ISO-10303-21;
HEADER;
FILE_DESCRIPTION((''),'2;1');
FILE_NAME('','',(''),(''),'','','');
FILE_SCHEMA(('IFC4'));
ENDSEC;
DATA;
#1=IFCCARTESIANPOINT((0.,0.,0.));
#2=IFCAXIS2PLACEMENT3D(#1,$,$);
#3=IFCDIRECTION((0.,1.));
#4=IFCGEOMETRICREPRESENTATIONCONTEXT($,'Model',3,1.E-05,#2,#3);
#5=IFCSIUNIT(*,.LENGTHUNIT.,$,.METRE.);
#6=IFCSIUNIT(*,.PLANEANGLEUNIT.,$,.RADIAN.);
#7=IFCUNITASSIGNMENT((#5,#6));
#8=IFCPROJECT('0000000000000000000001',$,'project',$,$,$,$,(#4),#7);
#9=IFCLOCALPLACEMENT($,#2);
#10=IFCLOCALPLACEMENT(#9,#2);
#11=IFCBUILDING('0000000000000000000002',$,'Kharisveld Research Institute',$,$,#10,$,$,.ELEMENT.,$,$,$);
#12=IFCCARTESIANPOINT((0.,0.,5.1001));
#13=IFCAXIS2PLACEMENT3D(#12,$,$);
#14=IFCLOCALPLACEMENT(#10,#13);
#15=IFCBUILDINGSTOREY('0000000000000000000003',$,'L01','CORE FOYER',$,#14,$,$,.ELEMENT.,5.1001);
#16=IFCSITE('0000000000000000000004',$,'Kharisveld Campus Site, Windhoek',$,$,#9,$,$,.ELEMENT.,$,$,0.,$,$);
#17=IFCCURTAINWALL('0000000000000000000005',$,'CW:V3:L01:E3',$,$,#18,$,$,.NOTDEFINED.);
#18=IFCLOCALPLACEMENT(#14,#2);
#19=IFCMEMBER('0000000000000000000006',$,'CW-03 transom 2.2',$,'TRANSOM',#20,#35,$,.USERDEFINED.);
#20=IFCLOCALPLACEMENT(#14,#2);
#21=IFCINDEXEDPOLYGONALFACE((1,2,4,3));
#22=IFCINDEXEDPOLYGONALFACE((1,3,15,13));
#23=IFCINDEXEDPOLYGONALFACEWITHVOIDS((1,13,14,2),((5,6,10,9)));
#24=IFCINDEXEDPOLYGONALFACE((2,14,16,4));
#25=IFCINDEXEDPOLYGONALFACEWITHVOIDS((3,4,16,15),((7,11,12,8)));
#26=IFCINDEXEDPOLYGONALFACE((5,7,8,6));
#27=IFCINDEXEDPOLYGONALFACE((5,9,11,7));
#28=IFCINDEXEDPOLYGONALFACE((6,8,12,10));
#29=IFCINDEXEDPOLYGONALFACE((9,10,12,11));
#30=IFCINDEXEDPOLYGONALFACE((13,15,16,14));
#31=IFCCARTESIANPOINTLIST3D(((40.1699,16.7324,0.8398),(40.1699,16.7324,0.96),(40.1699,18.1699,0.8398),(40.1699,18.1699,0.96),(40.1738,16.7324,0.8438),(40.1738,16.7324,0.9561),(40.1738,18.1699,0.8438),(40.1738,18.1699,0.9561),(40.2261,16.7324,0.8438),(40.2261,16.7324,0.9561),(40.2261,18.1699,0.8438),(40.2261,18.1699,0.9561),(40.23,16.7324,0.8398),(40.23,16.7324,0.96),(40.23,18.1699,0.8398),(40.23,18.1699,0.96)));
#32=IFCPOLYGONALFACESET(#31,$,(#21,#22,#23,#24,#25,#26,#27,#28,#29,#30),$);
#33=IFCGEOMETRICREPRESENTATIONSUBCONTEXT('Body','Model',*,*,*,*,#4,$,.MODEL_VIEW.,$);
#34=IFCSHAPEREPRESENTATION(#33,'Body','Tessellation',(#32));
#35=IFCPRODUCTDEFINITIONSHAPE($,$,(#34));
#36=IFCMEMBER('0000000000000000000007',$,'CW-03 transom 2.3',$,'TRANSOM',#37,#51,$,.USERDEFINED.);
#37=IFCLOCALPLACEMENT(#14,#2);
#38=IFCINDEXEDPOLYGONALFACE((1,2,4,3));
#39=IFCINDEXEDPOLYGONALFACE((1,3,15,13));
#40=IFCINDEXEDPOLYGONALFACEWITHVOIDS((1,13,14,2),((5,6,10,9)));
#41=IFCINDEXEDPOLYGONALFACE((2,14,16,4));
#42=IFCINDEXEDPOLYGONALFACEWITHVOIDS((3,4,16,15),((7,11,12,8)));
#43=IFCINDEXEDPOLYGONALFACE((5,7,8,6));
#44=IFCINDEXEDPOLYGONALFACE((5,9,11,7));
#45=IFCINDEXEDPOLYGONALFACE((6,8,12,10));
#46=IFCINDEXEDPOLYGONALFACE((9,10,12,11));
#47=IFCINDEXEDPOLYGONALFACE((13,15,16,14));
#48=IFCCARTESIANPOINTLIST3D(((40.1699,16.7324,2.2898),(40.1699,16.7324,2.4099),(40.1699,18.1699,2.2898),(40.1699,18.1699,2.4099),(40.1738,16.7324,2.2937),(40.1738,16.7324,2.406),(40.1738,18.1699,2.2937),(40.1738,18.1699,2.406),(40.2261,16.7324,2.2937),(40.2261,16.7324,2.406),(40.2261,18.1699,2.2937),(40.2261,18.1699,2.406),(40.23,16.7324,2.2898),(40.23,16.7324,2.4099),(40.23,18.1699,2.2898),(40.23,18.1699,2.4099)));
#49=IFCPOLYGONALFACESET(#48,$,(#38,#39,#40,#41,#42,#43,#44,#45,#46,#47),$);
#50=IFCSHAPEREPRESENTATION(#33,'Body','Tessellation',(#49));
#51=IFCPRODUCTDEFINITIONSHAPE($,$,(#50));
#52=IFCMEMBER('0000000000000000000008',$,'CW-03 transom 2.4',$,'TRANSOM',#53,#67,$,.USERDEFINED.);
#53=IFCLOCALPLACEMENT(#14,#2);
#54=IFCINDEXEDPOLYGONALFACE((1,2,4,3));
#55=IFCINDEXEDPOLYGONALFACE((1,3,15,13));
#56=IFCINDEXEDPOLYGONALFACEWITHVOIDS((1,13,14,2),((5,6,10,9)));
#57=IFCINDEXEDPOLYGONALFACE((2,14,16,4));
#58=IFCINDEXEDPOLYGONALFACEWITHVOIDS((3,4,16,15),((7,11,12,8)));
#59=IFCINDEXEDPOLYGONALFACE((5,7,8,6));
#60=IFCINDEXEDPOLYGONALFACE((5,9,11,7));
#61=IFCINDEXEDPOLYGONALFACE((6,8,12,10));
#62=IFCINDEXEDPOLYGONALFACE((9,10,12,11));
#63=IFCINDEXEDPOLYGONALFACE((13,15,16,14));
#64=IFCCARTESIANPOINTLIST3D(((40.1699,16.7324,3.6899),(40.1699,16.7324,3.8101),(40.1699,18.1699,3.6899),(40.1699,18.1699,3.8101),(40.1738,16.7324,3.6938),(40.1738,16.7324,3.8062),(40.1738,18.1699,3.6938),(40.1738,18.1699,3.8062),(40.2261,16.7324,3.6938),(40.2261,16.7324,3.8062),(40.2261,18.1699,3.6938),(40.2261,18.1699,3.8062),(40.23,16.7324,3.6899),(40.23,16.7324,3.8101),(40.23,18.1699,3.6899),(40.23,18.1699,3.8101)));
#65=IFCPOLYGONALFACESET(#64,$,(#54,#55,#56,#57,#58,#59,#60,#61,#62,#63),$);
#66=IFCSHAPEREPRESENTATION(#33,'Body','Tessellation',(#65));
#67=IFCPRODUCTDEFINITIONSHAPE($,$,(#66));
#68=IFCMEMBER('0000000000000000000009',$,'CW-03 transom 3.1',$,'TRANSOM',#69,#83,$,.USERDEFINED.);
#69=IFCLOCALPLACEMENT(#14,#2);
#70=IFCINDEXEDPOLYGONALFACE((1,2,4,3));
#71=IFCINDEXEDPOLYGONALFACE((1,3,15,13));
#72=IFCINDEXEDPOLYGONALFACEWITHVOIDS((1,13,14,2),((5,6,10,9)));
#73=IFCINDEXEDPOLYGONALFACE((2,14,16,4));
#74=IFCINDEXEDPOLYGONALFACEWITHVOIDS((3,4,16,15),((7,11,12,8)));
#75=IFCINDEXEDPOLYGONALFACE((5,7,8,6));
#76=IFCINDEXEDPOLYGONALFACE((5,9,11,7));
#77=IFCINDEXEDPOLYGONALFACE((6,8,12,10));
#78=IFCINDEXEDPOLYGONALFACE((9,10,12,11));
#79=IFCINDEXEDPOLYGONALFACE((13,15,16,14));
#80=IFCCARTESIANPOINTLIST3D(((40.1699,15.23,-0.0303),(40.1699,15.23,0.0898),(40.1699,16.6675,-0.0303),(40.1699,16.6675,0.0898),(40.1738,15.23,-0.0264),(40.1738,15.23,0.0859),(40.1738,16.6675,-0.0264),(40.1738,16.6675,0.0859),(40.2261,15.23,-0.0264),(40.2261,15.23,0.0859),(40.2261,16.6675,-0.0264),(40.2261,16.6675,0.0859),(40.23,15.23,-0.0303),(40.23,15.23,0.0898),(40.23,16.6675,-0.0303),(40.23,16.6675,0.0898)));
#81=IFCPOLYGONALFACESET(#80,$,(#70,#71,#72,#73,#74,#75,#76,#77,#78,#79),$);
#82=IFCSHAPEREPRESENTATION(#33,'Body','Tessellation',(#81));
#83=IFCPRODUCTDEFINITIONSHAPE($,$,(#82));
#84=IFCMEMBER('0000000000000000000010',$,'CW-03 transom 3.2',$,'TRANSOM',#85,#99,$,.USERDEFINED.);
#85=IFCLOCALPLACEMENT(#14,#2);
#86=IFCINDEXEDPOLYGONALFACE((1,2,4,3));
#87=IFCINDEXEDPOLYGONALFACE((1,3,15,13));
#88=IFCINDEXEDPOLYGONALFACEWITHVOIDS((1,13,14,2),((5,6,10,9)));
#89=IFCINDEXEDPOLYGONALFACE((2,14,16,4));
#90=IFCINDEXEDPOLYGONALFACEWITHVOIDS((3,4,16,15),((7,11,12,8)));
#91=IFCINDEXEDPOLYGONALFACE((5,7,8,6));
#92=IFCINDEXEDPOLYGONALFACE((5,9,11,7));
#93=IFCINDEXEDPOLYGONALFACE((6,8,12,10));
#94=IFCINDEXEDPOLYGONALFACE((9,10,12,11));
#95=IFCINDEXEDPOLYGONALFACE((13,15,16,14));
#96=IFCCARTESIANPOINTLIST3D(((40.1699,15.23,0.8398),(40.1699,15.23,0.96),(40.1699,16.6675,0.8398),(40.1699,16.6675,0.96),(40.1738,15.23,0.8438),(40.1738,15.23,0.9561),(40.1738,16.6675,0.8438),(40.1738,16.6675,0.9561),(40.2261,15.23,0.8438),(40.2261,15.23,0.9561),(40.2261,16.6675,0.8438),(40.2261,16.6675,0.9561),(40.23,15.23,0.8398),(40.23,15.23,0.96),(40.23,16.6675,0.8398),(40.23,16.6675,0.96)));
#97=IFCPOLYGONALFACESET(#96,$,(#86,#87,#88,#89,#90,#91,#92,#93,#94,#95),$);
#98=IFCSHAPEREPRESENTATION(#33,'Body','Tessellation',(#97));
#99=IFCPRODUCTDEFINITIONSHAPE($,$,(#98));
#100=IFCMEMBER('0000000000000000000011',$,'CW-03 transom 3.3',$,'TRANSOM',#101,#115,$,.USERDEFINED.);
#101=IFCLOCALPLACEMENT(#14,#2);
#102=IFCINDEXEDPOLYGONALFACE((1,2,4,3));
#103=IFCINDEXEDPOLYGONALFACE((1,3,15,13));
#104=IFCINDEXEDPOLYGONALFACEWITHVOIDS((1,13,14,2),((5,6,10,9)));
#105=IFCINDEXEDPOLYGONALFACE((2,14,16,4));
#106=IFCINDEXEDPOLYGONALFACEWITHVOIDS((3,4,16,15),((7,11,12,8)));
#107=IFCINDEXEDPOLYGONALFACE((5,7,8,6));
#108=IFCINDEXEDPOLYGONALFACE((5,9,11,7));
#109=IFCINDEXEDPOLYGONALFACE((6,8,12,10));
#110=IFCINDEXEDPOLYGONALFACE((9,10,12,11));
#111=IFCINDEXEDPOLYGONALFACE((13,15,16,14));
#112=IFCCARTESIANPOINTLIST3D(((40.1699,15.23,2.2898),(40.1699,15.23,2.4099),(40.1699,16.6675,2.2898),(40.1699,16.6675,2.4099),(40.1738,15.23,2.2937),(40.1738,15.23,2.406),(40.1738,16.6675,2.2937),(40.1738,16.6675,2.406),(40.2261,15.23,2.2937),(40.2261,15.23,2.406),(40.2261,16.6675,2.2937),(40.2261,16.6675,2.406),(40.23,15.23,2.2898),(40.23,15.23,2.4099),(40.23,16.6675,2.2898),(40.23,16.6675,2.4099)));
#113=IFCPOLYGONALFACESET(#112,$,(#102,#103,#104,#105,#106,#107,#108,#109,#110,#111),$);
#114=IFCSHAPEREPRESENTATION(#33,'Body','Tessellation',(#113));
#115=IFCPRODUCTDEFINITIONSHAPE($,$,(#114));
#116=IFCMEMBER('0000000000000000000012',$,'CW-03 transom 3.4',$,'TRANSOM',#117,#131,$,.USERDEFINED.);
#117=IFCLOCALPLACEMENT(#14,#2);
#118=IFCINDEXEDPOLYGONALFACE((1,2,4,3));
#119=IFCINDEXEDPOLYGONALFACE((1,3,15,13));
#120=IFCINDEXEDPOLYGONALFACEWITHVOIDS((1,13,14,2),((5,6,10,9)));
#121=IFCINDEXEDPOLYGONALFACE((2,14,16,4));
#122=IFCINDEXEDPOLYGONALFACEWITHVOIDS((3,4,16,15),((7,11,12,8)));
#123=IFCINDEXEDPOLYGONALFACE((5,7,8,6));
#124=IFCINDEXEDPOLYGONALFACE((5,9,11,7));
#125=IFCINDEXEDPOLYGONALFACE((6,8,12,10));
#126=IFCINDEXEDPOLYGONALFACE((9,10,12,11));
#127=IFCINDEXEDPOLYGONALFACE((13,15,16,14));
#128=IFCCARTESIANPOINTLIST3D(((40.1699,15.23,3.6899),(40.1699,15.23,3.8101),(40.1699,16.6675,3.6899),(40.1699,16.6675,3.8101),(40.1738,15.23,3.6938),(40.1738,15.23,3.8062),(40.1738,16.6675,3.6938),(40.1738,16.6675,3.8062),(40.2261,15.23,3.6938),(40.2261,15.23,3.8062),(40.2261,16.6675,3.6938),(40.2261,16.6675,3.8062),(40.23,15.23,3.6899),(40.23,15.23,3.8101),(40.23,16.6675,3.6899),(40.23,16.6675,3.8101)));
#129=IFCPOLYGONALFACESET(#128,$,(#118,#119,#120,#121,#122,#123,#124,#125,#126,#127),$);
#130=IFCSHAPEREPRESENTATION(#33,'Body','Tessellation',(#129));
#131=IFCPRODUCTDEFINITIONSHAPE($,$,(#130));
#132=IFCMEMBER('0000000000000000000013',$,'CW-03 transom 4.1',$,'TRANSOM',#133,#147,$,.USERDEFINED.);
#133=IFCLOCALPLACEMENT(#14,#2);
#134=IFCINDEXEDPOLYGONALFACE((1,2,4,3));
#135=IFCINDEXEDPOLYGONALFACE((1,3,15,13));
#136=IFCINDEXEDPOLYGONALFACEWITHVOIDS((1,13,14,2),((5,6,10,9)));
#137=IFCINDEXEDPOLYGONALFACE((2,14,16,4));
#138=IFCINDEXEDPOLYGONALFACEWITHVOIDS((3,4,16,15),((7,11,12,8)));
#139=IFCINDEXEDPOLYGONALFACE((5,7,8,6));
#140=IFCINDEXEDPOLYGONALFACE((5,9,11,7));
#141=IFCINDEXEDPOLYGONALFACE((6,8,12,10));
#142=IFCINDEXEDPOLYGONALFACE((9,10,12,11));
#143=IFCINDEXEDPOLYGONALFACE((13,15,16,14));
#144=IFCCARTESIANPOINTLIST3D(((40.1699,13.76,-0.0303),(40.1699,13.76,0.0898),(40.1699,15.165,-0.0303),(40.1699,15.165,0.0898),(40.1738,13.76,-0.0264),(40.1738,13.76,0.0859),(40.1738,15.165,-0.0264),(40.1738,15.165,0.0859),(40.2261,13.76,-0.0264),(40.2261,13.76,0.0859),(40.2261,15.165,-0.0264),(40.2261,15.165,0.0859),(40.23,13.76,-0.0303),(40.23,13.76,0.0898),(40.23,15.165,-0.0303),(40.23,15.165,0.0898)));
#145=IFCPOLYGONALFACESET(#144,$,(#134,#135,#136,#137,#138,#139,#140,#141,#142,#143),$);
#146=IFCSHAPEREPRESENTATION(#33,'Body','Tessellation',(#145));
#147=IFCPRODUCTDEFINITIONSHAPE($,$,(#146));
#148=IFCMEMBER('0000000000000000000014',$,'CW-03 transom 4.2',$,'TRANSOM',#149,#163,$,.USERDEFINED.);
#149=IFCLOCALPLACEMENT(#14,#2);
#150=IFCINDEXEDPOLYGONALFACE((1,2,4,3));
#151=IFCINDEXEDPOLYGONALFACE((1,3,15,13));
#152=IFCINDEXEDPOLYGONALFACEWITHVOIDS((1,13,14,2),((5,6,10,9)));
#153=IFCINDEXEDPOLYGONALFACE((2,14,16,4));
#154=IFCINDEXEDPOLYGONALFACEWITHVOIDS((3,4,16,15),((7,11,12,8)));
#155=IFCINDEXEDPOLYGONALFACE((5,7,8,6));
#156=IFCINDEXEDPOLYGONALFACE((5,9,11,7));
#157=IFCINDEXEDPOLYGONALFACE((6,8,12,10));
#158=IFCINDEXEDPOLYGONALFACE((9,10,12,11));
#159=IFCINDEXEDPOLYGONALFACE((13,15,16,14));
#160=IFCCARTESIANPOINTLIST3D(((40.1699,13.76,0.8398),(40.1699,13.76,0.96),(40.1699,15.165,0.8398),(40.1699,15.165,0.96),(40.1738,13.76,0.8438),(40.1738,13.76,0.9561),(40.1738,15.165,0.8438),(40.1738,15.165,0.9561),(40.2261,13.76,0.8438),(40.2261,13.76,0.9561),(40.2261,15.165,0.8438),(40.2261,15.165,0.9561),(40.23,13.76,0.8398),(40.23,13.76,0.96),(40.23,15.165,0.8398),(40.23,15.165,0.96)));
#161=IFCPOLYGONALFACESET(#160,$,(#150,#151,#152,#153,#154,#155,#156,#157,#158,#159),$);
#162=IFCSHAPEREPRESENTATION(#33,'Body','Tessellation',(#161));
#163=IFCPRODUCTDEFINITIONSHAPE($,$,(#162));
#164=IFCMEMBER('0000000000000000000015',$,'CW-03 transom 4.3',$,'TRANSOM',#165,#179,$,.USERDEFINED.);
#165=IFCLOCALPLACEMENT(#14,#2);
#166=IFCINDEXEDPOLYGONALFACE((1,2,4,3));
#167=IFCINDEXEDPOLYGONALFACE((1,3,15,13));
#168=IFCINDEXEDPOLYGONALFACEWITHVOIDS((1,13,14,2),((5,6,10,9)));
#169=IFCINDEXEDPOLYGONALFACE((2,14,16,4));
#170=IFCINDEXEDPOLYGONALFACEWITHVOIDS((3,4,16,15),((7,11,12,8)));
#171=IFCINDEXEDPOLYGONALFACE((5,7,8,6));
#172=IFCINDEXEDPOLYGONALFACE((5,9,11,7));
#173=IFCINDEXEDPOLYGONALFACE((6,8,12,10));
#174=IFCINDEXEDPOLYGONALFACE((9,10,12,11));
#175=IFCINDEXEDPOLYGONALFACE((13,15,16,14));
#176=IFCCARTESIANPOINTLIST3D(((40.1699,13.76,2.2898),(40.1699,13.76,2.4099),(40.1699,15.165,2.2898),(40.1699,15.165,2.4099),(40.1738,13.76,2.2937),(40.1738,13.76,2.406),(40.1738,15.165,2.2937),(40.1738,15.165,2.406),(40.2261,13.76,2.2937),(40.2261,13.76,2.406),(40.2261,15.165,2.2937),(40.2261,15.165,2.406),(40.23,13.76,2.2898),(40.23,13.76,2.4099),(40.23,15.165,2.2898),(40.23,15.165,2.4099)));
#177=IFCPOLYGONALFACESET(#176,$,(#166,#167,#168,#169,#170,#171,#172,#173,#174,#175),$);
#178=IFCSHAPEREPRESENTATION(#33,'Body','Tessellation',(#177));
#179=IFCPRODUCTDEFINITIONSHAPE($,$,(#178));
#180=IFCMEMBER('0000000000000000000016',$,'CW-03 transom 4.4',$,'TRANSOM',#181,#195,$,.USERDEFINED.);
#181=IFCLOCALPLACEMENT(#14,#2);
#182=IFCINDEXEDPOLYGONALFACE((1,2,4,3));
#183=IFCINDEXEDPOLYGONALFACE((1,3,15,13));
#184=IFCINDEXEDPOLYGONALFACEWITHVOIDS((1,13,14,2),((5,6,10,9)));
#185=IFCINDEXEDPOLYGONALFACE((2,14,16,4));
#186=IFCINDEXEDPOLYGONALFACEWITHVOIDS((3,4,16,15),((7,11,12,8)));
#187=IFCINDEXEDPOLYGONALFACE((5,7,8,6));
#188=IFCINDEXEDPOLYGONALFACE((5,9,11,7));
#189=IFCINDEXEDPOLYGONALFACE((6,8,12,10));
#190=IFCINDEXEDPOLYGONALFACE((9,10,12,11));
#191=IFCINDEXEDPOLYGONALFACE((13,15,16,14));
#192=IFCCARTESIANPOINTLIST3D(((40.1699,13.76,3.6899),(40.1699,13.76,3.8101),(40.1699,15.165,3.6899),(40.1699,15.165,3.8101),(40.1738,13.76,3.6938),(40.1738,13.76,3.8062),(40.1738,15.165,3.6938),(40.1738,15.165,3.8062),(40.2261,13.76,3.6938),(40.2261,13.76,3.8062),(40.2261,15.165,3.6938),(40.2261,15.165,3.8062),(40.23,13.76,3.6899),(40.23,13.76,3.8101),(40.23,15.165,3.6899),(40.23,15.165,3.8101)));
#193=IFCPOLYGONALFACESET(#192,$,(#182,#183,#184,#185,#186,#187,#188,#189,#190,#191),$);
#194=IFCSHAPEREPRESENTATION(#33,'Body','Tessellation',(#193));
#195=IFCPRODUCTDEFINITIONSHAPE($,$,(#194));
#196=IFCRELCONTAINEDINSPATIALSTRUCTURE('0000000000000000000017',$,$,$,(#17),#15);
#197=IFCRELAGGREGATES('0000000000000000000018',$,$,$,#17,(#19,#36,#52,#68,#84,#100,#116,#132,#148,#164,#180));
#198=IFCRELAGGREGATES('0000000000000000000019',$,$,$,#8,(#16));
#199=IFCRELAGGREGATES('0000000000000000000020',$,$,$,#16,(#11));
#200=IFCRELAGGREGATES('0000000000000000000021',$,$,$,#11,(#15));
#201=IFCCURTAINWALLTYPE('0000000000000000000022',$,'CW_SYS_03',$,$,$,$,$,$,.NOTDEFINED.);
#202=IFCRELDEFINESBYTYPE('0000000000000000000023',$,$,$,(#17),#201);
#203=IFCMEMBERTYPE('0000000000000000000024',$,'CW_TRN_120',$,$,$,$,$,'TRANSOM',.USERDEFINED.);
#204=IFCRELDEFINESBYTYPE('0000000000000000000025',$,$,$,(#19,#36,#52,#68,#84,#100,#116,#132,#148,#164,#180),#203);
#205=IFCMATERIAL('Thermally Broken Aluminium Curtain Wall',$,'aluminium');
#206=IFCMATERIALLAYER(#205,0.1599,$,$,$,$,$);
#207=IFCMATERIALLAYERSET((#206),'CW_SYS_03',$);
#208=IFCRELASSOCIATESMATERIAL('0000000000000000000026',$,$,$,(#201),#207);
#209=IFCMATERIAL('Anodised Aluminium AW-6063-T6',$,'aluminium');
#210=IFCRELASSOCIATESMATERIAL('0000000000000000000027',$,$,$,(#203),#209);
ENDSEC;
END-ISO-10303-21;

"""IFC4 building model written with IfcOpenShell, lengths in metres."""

from ifc_helpers import new_model, si_unit, direction, frame, origin, origin_2d, place, context, subcontext, project, spatial, hollow_rectangle, extrude, material, layer, layer_set, material_profile, profile_set, type_object, element, aggregate, save


model = new_model("IFC4")

# Units and contexts
model_context = context("Model", 3, precision=1e-05, world=origin(), true_north=direction((0.0, 1.0)))
body_context = subcontext(model_context, "Body", "Model", "MODEL_VIEW")
ifc_project = project(units=[si_unit("LENGTHUNIT", "METRE"), si_unit("PLANEANGLEUNIT", "RADIAN")], contexts=[model_context])

# Site, building, storey
site_placement = place(None, origin())
site = spatial("IfcSite", under=ifc_project, at=site_placement, Name="Kharisveld Campus Site, Windhoek", CompositionType="ELEMENT", RefElevation=0.0)
building_placement = place(site_placement, origin())
building = spatial("IfcBuilding", under=site, at=building_placement, Name="Kharisveld Research Institute", CompositionType="ELEMENT")
storey_placement = place(building_placement, frame((0.0, 0.0, 5.1001)))
storey = spatial("IfcBuildingStorey", under=building, at=storey_placement, Name="L01", Description="CORE FOYER", CompositionType="ELEMENT", Elevation=5.1001)

# Curtain wall, members
ifc_material_1 = material(Name="Thermally Broken Aluminium Curtain Wall", Category="aluminium")
ifc_layer_1 = layer(ifc_material_1, 0.1599)
ifc_layer_set_1 = layer_set([ifc_layer_1], Name="CW_SYS_03")
curtain_wall_type = type_object("IfcCurtainWallType", Name="CW_SYS_03", PredefinedType="NOTDEFINED", material=ifc_layer_set_1)
curtain_wall_placement = place(storey_placement, origin())
curtain_wall = element("IfcCurtainWall", 1, at=curtain_wall_placement, inside=storey, type_object=curtain_wall_type, Name="CW:V3:L01:E3", PredefinedType="NOTDEFINED")
ifc_material_2 = material(Name="Anodised Aluminium AW-6063-T6", Category="aluminium")
ifc_material_profile_1 = material_profile(ifc_material_2, hollow_rectangle(XDim=0.0601, YDim=0.1201, WallThickness=0.0039, at=origin_2d()))
ifc_profile_set_1 = profile_set([ifc_material_profile_1], Name="Anodised Aluminium AW-6063-T6")
member_type_1 = type_object("IfcMemberType", Name="CW_TRN_120", ElementType="TRANSOM", PredefinedType="USERDEFINED", material=ifc_profile_set_1)
member_1_placement = place(storey_placement, frame((40.2, 18.1699, 0.8999), z_axis=(0.0, -1.0, 0.0), x_axis=(1.0, 0.0, 0.0)))
member_1 = element("IfcMember", 2, at=member_1_placement, type_object=member_type_1, Name="CW-03 transom 2.2", ObjectType="TRANSOM", PredefinedType="USERDEFINED", context=body_context, shape_type="SweptSolid", body=[
    extrude(hollow_rectangle(XDim=0.0601, YDim=0.1201, WallThickness=0.0039, at=origin_2d()), origin(), (0.0, 0.0, 1.0), 1.4375),
])
member_2_placement = place(storey_placement, frame((40.2, 18.1699, 2.3499), z_axis=(0.0, -1.0, 0.0), x_axis=(1.0, 0.0, 0.0)))
member_2 = element("IfcMember", 3, at=member_2_placement, type_object=member_type_1, Name="CW-03 transom 2.3", ObjectType="TRANSOM", PredefinedType="USERDEFINED", context=body_context, shape_type="SweptSolid", body=[
    extrude(hollow_rectangle(XDim=0.0601, YDim=0.1201, WallThickness=0.0039, at=origin_2d()), origin(), (0.0, 0.0, 1.0), 1.4375),
])
member_3_placement = place(storey_placement, frame((40.2, 18.1699, 3.75), z_axis=(0.0, -1.0, 0.0), x_axis=(1.0, 0.0, 0.0)))
member_3 = element("IfcMember", 4, at=member_3_placement, type_object=member_type_1, Name="CW-03 transom 2.4", ObjectType="TRANSOM", PredefinedType="USERDEFINED", context=body_context, shape_type="SweptSolid", body=[
    extrude(hollow_rectangle(XDim=0.0601, YDim=0.1201, WallThickness=0.0039, at=origin_2d()), origin(), (0.0, 0.0, 1.0), 1.4375),
])
member_4_placement = place(storey_placement, frame((40.2, 16.6675, 0.0298), z_axis=(0.0, -1.0, 0.0), x_axis=(1.0, 0.0, 0.0)))
member_4 = element("IfcMember", 5, at=member_4_placement, type_object=member_type_1, Name="CW-03 transom 3.1", ObjectType="TRANSOM", PredefinedType="USERDEFINED", context=body_context, shape_type="SweptSolid", body=[
    extrude(hollow_rectangle(XDim=0.0601, YDim=0.1201, WallThickness=0.0039, at=origin_2d()), origin(), (0.0, 0.0, 1.0), 1.4375),
])
member_5_placement = place(storey_placement, frame((40.2, 16.6675, 0.8999), z_axis=(0.0, -1.0, 0.0), x_axis=(1.0, 0.0, 0.0)))
member_5 = element("IfcMember", 6, at=member_5_placement, type_object=member_type_1, Name="CW-03 transom 3.2", ObjectType="TRANSOM", PredefinedType="USERDEFINED", context=body_context, shape_type="SweptSolid", body=[
    extrude(hollow_rectangle(XDim=0.0601, YDim=0.1201, WallThickness=0.0039, at=origin_2d()), origin(), (0.0, 0.0, 1.0), 1.4375),
])
member_6_placement = place(storey_placement, frame((40.2, 16.6675, 2.3499), z_axis=(0.0, -1.0, 0.0), x_axis=(1.0, 0.0, 0.0)))
member_6 = element("IfcMember", 7, at=member_6_placement, type_object=member_type_1, Name="CW-03 transom 3.3", ObjectType="TRANSOM", PredefinedType="USERDEFINED", context=body_context, shape_type="SweptSolid", body=[
    extrude(hollow_rectangle(XDim=0.0601, YDim=0.1201, WallThickness=0.0039, at=origin_2d()), origin(), (0.0, 0.0, 1.0), 1.4375),
])
member_7_placement = place(storey_placement, frame((40.2, 16.6675, 3.75), z_axis=(0.0, -1.0, 0.0), x_axis=(1.0, 0.0, 0.0)))
member_7 = element("IfcMember", 8, at=member_7_placement, type_object=member_type_1, Name="CW-03 transom 3.4", ObjectType="TRANSOM", PredefinedType="USERDEFINED", context=body_context, shape_type="SweptSolid", body=[
    extrude(hollow_rectangle(XDim=0.0601, YDim=0.1201, WallThickness=0.0039, at=origin_2d()), origin(), (0.0, 0.0, 1.0), 1.4375),
])
member_8_placement = place(storey_placement, frame((40.2, 15.165, 0.0298), z_axis=(0.0, -1.0, 0.0), x_axis=(1.0, 0.0, 0.0)))
member_8 = element("IfcMember", 9, at=member_8_placement, type_object=member_type_1, Name="CW-03 transom 4.1", ObjectType="TRANSOM", PredefinedType="USERDEFINED", context=body_context, shape_type="SweptSolid", body=[
    extrude(hollow_rectangle(XDim=0.0601, YDim=0.1201, WallThickness=0.0039, at=origin_2d()), origin(), (0.0, 0.0, 1.0), 1.405),
])
member_9_placement = place(storey_placement, frame((40.2, 15.165, 0.8999), z_axis=(0.0, -1.0, 0.0), x_axis=(1.0, 0.0, 0.0)))
member_9 = element("IfcMember", 10, at=member_9_placement, type_object=member_type_1, Name="CW-03 transom 4.2", ObjectType="TRANSOM", PredefinedType="USERDEFINED", context=body_context, shape_type="SweptSolid", body=[
    extrude(hollow_rectangle(XDim=0.0601, YDim=0.1201, WallThickness=0.0039, at=origin_2d()), origin(), (0.0, 0.0, 1.0), 1.405),
])
member_10_placement = place(storey_placement, frame((40.2, 15.165, 2.3499), z_axis=(0.0, -1.0, 0.0), x_axis=(1.0, 0.0, 0.0)))
member_10 = element("IfcMember", 11, at=member_10_placement, type_object=member_type_1, Name="CW-03 transom 4.3", ObjectType="TRANSOM", PredefinedType="USERDEFINED", context=body_context, shape_type="SweptSolid", body=[
    extrude(hollow_rectangle(XDim=0.0601, YDim=0.1201, WallThickness=0.0039, at=origin_2d()), origin(), (0.0, 0.0, 1.0), 1.405),
])
member_11_placement = place(storey_placement, frame((40.2, 15.165, 3.75), z_axis=(0.0, -1.0, 0.0), x_axis=(1.0, 0.0, 0.0)))
member_11 = element("IfcMember", 12, at=member_11_placement, type_object=member_type_1, Name="CW-03 transom 4.4", ObjectType="TRANSOM", PredefinedType="USERDEFINED", context=body_context, shape_type="SweptSolid", body=[
    extrude(hollow_rectangle(XDim=0.0601, YDim=0.1201, WallThickness=0.0039, at=origin_2d()), origin(), (0.0, 0.0, 1.0), 1.405),
])

aggregate(curtain_wall, [member_1, member_2, member_3, member_4, member_5, member_6, member_7, member_8, member_9, member_10, member_11])

save(model, "model.ifc")
